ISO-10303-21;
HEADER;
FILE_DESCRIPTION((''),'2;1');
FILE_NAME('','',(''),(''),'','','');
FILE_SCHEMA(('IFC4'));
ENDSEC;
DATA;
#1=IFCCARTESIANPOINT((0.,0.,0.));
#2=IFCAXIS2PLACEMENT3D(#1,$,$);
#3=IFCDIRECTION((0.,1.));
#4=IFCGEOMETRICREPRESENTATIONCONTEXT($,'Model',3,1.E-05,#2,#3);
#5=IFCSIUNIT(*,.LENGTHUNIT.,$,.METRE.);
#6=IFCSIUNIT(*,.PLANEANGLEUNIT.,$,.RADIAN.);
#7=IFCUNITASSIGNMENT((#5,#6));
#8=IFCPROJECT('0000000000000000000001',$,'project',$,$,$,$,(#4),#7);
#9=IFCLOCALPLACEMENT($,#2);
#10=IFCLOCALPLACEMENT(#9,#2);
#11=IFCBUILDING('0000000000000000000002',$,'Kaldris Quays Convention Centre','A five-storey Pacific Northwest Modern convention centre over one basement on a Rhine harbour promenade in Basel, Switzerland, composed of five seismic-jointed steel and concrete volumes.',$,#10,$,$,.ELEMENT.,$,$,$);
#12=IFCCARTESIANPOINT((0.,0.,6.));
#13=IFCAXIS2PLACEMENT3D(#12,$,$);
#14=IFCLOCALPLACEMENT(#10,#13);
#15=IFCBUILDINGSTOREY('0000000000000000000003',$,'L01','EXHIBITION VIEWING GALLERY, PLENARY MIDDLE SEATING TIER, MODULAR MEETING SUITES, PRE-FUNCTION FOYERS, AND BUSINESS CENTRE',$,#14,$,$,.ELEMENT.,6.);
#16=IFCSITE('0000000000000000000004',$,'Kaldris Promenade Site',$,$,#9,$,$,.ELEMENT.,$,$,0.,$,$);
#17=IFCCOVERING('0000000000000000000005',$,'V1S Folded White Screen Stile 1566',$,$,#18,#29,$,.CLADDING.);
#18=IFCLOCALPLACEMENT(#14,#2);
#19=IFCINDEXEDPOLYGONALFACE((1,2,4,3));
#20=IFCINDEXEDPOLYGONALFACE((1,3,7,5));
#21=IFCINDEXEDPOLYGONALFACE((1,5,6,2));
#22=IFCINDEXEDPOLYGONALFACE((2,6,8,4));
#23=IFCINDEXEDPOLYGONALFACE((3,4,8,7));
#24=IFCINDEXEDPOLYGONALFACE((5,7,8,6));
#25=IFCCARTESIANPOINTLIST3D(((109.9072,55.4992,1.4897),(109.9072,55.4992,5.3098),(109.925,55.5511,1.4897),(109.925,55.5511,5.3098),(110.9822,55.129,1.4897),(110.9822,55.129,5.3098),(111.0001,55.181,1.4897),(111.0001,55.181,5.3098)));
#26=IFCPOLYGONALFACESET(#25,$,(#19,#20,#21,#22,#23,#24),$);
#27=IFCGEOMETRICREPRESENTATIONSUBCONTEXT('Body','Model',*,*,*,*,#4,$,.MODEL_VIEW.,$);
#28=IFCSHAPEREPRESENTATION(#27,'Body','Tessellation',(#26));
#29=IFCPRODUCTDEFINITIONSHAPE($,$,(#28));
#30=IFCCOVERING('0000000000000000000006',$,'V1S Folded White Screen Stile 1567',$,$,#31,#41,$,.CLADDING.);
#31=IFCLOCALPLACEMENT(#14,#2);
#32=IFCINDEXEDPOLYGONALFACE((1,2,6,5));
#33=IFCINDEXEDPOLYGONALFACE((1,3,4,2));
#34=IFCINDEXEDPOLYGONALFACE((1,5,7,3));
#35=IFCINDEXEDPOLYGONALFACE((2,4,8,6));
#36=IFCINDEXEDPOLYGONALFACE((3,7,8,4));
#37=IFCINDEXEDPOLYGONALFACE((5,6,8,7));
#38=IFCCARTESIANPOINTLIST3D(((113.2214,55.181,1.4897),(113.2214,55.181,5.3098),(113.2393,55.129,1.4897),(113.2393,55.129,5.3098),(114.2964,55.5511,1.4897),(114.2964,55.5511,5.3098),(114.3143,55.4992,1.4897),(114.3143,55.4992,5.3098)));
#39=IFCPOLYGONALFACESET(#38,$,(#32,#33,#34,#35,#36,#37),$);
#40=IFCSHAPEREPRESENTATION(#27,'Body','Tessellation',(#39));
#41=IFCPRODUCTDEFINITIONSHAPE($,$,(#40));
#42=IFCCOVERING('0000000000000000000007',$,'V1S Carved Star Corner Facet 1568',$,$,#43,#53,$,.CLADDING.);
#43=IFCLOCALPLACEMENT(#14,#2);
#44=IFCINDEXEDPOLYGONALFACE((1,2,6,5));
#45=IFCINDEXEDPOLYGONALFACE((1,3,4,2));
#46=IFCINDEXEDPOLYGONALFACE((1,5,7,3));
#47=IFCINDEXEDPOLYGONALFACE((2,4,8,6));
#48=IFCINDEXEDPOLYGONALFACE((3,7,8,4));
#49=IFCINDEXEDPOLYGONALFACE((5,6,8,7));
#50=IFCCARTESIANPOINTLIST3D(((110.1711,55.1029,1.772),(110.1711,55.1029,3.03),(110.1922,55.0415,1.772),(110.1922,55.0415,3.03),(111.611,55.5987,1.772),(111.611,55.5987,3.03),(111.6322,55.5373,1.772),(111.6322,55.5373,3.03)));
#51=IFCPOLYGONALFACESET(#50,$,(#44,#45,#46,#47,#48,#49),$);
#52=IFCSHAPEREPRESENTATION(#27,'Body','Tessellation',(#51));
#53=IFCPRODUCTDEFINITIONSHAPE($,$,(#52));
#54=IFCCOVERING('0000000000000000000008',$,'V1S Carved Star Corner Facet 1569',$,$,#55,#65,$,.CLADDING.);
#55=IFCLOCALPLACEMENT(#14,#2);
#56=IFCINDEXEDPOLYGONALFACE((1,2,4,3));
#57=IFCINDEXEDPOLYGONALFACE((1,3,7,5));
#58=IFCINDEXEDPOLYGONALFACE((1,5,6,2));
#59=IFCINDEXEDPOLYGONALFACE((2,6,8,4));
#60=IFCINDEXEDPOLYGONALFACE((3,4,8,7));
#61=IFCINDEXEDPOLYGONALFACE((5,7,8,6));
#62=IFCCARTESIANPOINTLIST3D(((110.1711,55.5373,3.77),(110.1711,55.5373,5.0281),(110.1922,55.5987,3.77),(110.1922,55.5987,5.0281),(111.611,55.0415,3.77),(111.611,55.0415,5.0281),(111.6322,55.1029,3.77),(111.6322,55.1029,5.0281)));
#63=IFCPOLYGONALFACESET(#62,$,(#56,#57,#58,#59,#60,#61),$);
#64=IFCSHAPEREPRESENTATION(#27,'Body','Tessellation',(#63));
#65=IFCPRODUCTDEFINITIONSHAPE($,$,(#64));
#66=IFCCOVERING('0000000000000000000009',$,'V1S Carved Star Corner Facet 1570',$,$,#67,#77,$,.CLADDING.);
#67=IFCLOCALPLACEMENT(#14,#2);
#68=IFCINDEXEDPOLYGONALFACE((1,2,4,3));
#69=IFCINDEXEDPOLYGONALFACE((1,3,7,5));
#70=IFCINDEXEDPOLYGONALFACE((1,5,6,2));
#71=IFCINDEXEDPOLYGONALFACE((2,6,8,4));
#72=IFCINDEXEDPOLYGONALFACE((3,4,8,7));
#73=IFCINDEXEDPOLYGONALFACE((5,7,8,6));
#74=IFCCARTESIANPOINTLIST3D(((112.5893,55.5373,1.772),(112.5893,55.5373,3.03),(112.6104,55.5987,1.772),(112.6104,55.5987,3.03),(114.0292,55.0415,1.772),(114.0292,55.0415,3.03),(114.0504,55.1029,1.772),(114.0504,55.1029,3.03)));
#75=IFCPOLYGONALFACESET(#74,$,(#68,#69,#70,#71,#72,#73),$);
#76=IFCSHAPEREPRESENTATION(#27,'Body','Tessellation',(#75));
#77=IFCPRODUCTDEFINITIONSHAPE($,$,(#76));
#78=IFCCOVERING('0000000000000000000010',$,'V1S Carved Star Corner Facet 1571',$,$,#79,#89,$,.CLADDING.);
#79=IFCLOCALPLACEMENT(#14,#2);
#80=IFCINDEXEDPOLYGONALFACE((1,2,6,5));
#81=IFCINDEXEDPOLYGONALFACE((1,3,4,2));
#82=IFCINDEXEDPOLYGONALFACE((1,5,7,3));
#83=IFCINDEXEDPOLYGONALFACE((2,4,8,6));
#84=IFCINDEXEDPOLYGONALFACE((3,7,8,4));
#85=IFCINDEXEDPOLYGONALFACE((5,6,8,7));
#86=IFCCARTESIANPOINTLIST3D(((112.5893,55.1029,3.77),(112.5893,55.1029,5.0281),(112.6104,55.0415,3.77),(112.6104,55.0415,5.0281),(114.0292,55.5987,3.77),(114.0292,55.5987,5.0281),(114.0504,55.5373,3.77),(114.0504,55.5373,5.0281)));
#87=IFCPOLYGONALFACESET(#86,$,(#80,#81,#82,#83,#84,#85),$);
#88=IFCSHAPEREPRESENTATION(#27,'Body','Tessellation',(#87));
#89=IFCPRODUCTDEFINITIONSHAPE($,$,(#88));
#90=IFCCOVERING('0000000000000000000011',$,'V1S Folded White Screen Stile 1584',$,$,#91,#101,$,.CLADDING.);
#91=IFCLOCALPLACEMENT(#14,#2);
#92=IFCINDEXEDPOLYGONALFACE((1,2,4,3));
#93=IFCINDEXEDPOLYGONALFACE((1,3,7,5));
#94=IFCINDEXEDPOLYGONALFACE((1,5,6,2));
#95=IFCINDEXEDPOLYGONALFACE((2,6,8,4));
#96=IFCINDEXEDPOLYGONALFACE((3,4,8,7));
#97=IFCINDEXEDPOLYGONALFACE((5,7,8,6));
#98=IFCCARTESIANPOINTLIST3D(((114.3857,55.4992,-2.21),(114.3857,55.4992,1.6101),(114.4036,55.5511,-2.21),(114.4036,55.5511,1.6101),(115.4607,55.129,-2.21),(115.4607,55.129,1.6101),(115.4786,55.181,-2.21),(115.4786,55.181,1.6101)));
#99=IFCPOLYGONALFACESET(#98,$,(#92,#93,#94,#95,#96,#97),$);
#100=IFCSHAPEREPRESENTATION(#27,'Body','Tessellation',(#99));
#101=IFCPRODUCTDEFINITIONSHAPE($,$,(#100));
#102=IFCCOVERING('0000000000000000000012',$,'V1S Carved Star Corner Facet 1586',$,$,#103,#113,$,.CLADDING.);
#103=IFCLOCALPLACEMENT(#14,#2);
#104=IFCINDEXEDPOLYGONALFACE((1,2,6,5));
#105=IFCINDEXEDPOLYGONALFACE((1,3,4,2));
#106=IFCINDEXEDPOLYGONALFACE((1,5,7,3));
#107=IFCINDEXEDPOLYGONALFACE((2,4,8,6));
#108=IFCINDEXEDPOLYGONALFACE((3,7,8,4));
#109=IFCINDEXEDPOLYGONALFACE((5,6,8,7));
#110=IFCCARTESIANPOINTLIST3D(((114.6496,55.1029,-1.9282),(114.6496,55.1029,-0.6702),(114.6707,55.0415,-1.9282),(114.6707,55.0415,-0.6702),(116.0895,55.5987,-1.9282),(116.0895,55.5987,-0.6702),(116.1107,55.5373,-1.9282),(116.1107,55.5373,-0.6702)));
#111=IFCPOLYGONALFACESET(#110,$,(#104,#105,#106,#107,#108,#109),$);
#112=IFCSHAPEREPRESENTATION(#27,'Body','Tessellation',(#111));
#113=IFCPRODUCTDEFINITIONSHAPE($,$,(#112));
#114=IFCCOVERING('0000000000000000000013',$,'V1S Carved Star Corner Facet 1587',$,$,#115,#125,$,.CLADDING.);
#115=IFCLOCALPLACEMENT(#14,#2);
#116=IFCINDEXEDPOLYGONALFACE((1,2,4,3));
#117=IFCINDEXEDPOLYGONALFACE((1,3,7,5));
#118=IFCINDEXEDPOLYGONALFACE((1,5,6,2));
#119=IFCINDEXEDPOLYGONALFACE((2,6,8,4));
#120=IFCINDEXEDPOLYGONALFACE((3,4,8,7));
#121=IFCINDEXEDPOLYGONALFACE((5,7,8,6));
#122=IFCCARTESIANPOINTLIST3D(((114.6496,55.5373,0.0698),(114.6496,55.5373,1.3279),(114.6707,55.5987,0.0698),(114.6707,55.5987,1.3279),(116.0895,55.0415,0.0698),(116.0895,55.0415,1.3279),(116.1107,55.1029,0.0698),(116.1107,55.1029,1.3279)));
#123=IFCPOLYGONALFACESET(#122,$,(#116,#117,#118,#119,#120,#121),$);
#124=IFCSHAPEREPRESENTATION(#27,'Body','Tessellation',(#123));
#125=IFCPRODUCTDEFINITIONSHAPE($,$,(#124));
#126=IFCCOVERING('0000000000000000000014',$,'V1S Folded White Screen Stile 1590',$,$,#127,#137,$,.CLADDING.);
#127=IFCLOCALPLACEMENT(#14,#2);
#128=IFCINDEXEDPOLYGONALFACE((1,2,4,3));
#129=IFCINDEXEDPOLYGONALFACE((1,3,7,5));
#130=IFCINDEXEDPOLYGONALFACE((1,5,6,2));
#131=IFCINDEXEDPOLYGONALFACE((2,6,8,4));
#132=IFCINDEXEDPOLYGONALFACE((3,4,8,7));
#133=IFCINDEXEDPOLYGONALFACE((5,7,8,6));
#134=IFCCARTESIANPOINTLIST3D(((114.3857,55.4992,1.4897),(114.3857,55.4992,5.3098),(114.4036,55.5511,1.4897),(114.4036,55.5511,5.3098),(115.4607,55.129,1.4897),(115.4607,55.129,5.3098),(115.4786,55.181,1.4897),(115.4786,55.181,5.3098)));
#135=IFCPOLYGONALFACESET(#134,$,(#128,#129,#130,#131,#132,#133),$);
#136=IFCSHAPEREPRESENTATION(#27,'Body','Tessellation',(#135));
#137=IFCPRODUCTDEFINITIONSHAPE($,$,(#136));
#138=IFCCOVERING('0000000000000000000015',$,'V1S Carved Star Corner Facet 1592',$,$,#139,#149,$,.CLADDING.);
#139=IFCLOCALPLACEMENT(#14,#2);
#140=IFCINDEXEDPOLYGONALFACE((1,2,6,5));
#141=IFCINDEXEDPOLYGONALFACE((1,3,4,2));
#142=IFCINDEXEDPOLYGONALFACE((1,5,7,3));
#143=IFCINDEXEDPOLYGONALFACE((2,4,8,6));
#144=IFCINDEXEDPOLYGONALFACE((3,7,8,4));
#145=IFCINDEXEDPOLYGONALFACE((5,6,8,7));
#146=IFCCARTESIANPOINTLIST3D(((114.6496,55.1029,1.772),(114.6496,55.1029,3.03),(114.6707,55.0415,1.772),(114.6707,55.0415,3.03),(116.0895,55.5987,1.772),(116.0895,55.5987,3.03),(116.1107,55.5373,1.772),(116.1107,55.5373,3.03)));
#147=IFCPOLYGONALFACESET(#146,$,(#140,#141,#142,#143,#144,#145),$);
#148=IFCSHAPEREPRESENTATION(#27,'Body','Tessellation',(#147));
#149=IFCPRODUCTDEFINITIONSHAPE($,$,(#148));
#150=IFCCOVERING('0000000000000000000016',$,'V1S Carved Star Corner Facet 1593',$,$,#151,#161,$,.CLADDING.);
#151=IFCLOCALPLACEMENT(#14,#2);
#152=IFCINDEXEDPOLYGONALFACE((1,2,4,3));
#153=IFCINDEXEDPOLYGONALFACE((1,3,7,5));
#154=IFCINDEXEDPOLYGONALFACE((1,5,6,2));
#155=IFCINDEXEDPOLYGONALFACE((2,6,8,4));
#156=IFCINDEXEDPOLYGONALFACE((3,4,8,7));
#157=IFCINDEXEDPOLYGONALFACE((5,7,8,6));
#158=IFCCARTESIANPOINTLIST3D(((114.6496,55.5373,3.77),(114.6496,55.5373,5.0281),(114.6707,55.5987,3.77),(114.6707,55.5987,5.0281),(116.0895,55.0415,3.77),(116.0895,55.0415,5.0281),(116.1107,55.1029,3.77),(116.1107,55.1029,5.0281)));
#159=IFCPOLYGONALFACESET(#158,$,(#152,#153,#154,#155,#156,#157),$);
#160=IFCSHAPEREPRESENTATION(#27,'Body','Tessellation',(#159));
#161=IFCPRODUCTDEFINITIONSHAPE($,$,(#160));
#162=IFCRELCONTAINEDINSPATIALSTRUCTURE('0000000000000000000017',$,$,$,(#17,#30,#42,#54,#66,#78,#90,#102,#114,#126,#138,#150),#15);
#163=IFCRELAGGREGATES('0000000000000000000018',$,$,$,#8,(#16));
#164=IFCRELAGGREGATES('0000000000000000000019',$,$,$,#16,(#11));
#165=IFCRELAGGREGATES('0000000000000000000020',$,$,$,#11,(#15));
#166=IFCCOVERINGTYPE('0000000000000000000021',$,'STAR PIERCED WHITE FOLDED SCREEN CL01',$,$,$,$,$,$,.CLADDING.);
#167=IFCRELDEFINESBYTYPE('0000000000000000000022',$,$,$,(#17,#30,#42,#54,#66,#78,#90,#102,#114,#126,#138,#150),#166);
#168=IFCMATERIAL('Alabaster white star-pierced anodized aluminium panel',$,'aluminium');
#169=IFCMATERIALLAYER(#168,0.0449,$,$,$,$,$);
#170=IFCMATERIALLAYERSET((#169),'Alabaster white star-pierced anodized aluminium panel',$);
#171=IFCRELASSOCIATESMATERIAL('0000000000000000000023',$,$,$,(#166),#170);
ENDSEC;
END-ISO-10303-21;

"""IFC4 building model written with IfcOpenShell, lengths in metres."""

from ifc_helpers import new_model, si_unit, direction, frame, origin, origin_2d, place, context, subcontext, project, spatial, rectangle, extrude, material, layer, layer_set, type_object, element, save


model = new_model("IFC4")

# Units and contexts
model_context = context("Model", 3, precision=1e-05, world=origin(), true_north=direction((0.0, 1.0)))
body_context = subcontext(model_context, "Body", "Model", "MODEL_VIEW")
ifc_project = project(units=[si_unit("LENGTHUNIT", "METRE"), si_unit("PLANEANGLEUNIT", "RADIAN")], contexts=[model_context])

# Site, building, storey
site_placement = place(None, origin())
site = spatial("IfcSite", under=ifc_project, at=site_placement, Name="Kaldris Promenade Site", CompositionType="ELEMENT", RefElevation=0.0)
building_placement = place(site_placement, origin())
building = spatial("IfcBuilding", under=site, at=building_placement, Name="Kaldris Quays Convention Centre", Description="A five-storey Pacific Northwest Modern convention centre over one basement on a Rhine harbour promenade in Basel, Switzerland, composed of five seismic-jointed steel and concrete volumes.", CompositionType="ELEMENT")
storey_placement = place(building_placement, frame((0.0, 0.0, 6.0)))
storey = spatial("IfcBuildingStorey", under=building, at=storey_placement, Name="L01", Description="EXHIBITION VIEWING GALLERY, PLENARY MIDDLE SEATING TIER, MODULAR MEETING SUITES, PRE-FUNCTION FOYERS, AND BUSINESS CENTRE", CompositionType="ELEMENT", Elevation=6.0)

# Coverings
ifc_material_1 = material(Name="Alabaster white star-pierced anodized aluminium panel", Category="aluminium")
ifc_layer_1 = layer(ifc_material_1, 0.0449)
ifc_layer_set_1 = layer_set([ifc_layer_1], Name="Alabaster white star-pierced anodized aluminium panel")
covering_type = type_object("IfcCoveringType", Name="STAR PIERCED WHITE FOLDED SCREEN CL01", PredefinedType="CLADDING", material=ifc_layer_set_1)
for number, where, z_axis, x_axis, name in (
    (1, (110.4536, 55.3401, 1.4897), (0.0, 0.0, 1.0), (0.945519, -0.325568, 0.0), "V1S Folded White Screen Stile 1566"),
    (2, (113.7678, 55.3401, 1.4897), (0.0, 0.0, 1.0), (0.945519, 0.325568, 0.0), "V1S Folded White Screen Stile 1567"),
):
    element("IfcCovering", number, at=place(storey_placement, frame(where, z_axis=z_axis, x_axis=x_axis)), inside=storey, type_object=covering_type, Name=name, PredefinedType="CLADDING", context=body_context, shape_type="SweptSolid", body=[
        extrude(rectangle(XDim=1.137, YDim=0.0549, at=origin_2d()), origin(), (0.0, 0.0, 1.0), 3.8201),
    ])
for number, where, z_axis, x_axis, name in (
    (3, (110.9016, 55.3201, 1.772), (0.0, 0.0, 1.0), (0.945519, 0.325568, 0.0), "V1S Carved Star Corner Facet 1568"),
    (4, (110.9016, 55.3201, 3.77), (0.0, 0.0, 1.0), (0.945519, -0.325568, 0.0), "V1S Carved Star Corner Facet 1569"),
    (5, (113.3198, 55.3201, 1.772), (0.0, 0.0, 1.0), (0.945519, -0.325568, 0.0), "V1S Carved Star Corner Facet 1570"),
    (6, (113.3198, 55.3201, 3.77), (0.0, 0.0, 1.0), (0.945519, 0.325568, 0.0), "V1S Carved Star Corner Facet 1571"),
):
    element("IfcCovering", number, at=place(storey_placement, frame(where, z_axis=z_axis, x_axis=x_axis)), inside=storey, type_object=covering_type, Name=name, PredefinedType="CLADDING", context=body_context, shape_type="SweptSolid", body=[
        extrude(rectangle(XDim=1.5229, YDim=0.0649, at=origin_2d()), origin(), (0.0, 0.0, 1.0), 1.2581),
    ])
covering_1_placement = place(storey_placement, frame((114.9321, 55.3401, -2.21), z_axis=(0.0, 0.0, 1.0), x_axis=(0.945519, -0.325568, 0.0)))
element("IfcCovering", 7, at=covering_1_placement, inside=storey, type_object=covering_type, Name="V1S Folded White Screen Stile 1584", PredefinedType="CLADDING", context=body_context, shape_type="SweptSolid", body=[
    extrude(rectangle(XDim=1.137, YDim=0.0549, at=origin_2d()), origin(), (0.0, 0.0, 1.0), 3.8201),
])
for number, where, z_axis, x_axis, name in (
    (8, (115.3801, 55.3201, -1.9282), (0.0, 0.0, 1.0), (0.945519, 0.325568, 0.0), "V1S Carved Star Corner Facet 1586"),
    (9, (115.3801, 55.3201, 0.0698), (0.0, 0.0, 1.0), (0.945519, -0.325568, 0.0), "V1S Carved Star Corner Facet 1587"),
):
    element("IfcCovering", number, at=place(storey_placement, frame(where, z_axis=z_axis, x_axis=x_axis)), inside=storey, type_object=covering_type, Name=name, PredefinedType="CLADDING", context=body_context, shape_type="SweptSolid", body=[
        extrude(rectangle(XDim=1.5229, YDim=0.0649, at=origin_2d()), origin(), (0.0, 0.0, 1.0), 1.2581),
    ])
covering_2_placement = place(storey_placement, frame((114.9321, 55.3401, 1.4897), z_axis=(0.0, 0.0, 1.0), x_axis=(0.945519, -0.325568, 0.0)))
element("IfcCovering", 10, at=covering_2_placement, inside=storey, type_object=covering_type, Name="V1S Folded White Screen Stile 1590", PredefinedType="CLADDING", context=body_context, shape_type="SweptSolid", body=[
    extrude(rectangle(XDim=1.137, YDim=0.0549, at=origin_2d()), origin(), (0.0, 0.0, 1.0), 3.8201),
])
for number, where, z_axis, x_axis, name in (
    (11, (115.3801, 55.3201, 1.772), (0.0, 0.0, 1.0), (0.945519, 0.325568, 0.0), "V1S Carved Star Corner Facet 1592"),
    (12, (115.3801, 55.3201, 3.77), (0.0, 0.0, 1.0), (0.945519, -0.325568, 0.0), "V1S Carved Star Corner Facet 1593"),
):
    element("IfcCovering", number, at=place(storey_placement, frame(where, z_axis=z_axis, x_axis=x_axis)), inside=storey, type_object=covering_type, Name=name, PredefinedType="CLADDING", context=body_context, shape_type="SweptSolid", body=[
        extrude(rectangle(XDim=1.5229, YDim=0.0649, at=origin_2d()), origin(), (0.0, 0.0, 1.0), 1.2581),
    ])

save(model, "model.ifc")
